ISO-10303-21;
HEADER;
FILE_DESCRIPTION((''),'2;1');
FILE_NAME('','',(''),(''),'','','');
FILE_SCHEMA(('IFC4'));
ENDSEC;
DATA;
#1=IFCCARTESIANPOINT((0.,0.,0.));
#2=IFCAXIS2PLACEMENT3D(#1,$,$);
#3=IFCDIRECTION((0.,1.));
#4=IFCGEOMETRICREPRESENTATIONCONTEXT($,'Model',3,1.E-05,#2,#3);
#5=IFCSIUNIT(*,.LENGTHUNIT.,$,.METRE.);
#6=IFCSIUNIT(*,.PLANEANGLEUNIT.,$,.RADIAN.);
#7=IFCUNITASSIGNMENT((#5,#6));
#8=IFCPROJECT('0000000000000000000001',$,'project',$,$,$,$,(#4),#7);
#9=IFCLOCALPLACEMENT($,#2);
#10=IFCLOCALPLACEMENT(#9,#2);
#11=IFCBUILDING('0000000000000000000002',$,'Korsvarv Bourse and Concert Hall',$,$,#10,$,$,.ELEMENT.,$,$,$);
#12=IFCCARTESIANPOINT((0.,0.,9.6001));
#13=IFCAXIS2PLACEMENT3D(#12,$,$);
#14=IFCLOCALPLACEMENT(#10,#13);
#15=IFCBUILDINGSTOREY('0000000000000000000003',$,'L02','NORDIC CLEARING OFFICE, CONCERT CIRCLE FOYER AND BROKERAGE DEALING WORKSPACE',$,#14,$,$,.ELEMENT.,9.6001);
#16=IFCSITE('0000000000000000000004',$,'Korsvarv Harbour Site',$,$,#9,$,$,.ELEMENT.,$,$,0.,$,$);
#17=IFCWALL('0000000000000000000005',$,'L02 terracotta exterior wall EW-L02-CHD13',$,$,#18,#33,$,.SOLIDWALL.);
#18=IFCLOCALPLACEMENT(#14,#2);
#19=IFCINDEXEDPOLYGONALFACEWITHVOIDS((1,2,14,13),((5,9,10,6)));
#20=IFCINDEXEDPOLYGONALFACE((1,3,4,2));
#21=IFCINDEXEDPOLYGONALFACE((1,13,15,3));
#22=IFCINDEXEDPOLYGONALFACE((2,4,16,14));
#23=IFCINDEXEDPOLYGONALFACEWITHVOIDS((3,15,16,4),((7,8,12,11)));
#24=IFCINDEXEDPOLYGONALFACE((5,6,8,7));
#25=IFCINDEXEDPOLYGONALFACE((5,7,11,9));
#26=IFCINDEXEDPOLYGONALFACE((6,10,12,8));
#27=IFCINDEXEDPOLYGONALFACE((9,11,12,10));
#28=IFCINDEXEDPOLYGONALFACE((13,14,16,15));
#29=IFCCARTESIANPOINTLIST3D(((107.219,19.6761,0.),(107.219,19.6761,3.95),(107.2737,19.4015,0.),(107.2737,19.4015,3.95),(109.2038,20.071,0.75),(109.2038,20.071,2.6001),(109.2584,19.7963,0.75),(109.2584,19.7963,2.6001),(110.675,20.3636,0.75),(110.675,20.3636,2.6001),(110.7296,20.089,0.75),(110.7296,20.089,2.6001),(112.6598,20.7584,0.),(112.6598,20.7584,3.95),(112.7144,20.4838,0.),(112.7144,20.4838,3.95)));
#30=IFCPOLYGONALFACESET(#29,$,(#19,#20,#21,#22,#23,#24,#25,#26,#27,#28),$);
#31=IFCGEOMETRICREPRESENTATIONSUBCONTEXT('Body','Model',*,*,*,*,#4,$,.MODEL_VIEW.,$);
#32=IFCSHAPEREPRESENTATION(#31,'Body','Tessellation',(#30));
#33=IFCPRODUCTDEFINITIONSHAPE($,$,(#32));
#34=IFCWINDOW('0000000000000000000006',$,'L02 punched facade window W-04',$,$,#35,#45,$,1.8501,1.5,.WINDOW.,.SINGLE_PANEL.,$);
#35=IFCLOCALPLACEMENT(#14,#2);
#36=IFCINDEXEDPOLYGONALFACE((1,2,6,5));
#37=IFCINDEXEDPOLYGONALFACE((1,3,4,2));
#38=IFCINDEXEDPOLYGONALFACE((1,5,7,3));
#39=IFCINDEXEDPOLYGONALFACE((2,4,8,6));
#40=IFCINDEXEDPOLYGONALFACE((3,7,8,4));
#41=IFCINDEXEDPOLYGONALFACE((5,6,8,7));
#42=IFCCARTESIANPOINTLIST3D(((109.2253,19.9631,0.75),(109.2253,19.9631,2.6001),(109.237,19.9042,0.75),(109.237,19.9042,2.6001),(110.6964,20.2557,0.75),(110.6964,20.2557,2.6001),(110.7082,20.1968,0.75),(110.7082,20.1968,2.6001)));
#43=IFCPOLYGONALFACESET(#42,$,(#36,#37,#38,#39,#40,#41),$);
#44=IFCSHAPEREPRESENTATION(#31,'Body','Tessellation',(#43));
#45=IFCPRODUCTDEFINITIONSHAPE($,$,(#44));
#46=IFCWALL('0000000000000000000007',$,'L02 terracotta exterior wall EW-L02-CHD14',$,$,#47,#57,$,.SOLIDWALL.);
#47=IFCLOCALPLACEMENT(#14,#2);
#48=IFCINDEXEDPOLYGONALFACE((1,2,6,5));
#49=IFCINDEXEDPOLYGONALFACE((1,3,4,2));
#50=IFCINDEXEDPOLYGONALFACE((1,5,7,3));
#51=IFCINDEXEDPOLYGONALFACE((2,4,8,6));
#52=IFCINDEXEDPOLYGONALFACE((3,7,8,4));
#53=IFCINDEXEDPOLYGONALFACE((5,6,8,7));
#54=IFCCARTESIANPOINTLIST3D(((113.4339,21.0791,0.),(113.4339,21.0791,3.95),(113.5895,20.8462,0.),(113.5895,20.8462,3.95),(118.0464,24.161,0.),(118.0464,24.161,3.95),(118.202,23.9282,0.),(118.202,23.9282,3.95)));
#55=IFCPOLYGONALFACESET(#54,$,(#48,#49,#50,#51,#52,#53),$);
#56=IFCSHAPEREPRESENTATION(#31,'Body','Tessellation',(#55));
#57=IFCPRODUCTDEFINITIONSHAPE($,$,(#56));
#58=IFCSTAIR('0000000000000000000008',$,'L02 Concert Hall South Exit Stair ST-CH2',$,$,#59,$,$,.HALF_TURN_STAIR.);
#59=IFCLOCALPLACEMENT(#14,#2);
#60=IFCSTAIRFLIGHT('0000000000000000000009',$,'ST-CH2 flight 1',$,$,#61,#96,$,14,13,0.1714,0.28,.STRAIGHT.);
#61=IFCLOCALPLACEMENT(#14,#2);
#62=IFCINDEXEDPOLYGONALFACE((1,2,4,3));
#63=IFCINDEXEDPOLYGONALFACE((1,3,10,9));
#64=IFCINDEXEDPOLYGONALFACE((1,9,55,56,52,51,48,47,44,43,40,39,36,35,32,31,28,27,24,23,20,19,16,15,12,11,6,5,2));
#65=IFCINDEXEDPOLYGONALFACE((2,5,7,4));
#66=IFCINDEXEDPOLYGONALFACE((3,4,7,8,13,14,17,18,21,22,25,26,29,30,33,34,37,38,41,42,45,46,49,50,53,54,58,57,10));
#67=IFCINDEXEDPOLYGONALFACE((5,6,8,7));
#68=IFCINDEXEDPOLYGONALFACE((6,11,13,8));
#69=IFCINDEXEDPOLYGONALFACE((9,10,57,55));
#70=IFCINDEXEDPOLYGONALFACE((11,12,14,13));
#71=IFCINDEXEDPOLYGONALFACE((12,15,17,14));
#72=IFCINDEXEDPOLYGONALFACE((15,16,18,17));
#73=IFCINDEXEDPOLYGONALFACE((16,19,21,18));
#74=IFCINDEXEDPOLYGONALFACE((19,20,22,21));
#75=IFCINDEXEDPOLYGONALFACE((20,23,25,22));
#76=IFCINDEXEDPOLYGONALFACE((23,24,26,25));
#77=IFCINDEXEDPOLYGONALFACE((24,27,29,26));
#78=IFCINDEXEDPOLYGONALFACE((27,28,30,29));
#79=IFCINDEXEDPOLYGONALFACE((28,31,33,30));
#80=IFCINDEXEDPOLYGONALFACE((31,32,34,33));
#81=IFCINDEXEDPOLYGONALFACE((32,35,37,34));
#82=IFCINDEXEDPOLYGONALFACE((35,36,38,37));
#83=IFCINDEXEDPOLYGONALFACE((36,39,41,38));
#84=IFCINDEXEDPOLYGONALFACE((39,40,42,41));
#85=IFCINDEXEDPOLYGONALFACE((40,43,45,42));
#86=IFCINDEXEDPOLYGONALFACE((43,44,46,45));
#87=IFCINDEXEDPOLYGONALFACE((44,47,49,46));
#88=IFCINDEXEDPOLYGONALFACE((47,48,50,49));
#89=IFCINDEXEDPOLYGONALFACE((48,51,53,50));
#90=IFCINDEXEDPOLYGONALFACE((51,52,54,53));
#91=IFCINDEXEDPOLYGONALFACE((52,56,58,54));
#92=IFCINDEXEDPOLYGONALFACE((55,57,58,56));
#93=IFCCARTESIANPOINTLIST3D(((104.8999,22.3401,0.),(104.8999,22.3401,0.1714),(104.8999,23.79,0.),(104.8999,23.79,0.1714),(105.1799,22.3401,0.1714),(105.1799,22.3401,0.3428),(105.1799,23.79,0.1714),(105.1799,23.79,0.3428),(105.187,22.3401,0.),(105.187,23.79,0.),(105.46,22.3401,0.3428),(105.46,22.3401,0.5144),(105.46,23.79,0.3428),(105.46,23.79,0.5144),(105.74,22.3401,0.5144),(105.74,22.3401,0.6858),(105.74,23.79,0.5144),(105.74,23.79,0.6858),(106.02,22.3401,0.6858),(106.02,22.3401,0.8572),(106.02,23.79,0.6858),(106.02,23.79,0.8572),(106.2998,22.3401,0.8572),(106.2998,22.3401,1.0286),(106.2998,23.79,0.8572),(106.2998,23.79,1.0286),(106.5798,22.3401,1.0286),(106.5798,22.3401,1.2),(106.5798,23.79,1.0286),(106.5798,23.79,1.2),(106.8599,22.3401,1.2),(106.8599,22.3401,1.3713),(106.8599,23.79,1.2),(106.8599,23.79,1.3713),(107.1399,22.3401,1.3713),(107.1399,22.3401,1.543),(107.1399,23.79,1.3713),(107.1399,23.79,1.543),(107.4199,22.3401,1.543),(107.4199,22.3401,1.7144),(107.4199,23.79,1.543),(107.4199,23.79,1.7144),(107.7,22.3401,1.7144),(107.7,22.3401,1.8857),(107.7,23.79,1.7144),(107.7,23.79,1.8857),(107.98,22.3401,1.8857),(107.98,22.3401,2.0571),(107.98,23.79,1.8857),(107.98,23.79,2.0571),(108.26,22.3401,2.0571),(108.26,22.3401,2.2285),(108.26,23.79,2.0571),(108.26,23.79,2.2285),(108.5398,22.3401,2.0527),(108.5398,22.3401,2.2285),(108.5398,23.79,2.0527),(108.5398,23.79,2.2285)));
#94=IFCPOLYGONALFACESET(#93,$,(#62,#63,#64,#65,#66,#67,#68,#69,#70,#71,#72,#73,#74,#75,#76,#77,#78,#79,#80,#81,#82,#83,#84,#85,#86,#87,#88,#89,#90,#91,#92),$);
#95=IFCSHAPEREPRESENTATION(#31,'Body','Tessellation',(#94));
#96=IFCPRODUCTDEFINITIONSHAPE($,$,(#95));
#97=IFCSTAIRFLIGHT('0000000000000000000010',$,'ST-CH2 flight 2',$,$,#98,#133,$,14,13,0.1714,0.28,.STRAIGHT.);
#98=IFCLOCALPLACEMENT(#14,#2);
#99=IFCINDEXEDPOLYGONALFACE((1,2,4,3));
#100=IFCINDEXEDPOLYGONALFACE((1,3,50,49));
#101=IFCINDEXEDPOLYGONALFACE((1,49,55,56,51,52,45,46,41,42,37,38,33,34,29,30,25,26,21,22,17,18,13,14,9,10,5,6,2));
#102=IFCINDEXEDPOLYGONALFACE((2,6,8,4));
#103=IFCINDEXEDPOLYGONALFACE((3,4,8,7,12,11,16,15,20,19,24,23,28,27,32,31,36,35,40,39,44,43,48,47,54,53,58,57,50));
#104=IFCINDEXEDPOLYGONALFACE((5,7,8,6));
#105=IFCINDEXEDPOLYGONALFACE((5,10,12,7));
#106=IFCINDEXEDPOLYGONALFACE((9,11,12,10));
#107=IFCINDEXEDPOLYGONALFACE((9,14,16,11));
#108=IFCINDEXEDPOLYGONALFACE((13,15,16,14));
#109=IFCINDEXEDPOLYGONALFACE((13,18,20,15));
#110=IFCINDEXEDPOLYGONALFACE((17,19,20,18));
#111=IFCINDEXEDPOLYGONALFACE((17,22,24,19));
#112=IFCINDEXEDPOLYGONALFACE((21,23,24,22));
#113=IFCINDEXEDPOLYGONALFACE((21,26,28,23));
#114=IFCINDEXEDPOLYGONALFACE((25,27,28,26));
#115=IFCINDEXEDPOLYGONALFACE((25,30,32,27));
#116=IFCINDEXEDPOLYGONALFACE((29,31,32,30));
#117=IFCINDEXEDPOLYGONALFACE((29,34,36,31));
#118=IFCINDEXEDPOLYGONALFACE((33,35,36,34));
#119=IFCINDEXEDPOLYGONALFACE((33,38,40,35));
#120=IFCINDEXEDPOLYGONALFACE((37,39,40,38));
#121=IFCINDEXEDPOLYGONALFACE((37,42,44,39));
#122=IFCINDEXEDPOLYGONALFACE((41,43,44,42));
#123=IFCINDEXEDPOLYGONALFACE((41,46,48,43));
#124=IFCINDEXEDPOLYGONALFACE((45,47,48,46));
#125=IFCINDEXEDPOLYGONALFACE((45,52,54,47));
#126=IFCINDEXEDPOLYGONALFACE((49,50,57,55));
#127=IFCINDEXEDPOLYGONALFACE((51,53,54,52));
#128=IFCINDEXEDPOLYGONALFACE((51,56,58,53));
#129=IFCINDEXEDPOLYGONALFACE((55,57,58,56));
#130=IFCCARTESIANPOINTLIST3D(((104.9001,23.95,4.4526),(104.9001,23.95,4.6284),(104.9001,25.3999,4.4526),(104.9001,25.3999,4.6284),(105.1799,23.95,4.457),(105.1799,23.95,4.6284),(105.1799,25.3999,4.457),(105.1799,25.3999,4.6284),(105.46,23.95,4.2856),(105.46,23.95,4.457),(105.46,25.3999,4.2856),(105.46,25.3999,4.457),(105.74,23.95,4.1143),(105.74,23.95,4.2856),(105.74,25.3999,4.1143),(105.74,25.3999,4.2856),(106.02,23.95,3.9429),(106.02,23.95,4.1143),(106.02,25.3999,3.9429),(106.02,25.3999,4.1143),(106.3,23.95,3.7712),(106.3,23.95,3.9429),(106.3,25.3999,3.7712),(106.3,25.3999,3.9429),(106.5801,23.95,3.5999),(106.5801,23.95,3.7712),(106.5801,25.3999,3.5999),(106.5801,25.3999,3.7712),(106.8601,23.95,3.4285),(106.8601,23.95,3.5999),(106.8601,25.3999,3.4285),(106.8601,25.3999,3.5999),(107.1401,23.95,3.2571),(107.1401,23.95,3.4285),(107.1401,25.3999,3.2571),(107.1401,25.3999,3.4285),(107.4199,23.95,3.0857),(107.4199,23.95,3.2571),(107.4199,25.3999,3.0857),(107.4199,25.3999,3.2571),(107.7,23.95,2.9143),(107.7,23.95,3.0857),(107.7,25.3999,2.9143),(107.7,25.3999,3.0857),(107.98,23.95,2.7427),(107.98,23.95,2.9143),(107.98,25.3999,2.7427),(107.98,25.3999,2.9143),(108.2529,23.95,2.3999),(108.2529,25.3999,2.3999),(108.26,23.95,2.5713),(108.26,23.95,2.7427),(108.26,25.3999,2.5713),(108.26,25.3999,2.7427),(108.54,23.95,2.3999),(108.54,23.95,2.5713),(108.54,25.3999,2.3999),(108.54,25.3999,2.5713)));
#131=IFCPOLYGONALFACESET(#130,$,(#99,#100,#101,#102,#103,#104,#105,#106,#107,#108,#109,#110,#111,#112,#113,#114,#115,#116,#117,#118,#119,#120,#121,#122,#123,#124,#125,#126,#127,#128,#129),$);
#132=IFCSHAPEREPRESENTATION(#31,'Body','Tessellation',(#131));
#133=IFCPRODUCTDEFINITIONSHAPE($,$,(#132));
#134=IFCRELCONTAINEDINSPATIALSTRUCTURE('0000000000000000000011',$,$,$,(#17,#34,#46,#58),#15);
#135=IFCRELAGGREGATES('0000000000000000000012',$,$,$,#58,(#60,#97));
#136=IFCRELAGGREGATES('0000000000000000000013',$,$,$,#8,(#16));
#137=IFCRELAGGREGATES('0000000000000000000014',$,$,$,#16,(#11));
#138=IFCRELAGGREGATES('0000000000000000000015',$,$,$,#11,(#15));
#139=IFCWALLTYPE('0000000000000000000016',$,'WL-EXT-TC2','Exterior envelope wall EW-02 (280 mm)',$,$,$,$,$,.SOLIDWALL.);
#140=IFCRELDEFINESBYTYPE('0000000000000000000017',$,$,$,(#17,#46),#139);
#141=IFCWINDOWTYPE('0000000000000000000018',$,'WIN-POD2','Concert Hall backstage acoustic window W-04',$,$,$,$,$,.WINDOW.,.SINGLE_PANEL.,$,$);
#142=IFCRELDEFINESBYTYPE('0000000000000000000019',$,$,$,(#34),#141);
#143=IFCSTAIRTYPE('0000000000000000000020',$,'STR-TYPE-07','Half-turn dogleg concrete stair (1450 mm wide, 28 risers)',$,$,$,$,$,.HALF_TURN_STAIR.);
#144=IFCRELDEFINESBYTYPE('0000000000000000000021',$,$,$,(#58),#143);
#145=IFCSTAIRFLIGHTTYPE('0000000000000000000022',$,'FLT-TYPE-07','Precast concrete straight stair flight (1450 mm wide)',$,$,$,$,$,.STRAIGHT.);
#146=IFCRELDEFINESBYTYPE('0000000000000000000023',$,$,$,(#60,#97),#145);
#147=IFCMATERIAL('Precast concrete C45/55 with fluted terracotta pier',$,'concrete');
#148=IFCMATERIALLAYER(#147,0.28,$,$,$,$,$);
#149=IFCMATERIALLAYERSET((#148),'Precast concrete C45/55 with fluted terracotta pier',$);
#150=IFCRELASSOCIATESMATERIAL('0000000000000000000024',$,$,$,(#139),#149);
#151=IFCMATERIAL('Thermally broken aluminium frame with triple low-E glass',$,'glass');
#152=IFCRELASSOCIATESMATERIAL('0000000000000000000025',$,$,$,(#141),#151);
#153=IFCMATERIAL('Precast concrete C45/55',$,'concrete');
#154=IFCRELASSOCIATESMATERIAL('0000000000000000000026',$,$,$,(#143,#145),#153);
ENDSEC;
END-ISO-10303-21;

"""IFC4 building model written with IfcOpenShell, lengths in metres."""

from ifc_helpers import new_model, si_unit, direction, frame, frame_2d, origin, place, context, subcontext, project, spatial, polyline, rectangle, outline, extrude, material, layer, layer_set, type_object, element, fill, aggregate, save


model = new_model("IFC4")

# Units and contexts
model_context = context("Model", 3, precision=1e-05, world=origin(), true_north=direction((0.0, 1.0)))
body_context = subcontext(model_context, "Body", "Model", "MODEL_VIEW")
ifc_project = project(units=[si_unit("LENGTHUNIT", "METRE"), si_unit("PLANEANGLEUNIT", "RADIAN")], contexts=[model_context])

# Site, building, storey
site_placement = place(None, origin())
site = spatial("IfcSite", under=ifc_project, at=site_placement, Name="Korsvarv Harbour Site", CompositionType="ELEMENT", RefElevation=0.0)
building_placement = place(site_placement, origin())
building = spatial("IfcBuilding", under=site, at=building_placement, Name="Korsvarv Bourse and Concert Hall", CompositionType="ELEMENT")
storey_placement = place(building_placement, frame((0.0, 0.0, 9.6001)))
storey = spatial("IfcBuildingStorey", under=building, at=storey_placement, Name="L02", Description="NORDIC CLEARING OFFICE, CONCERT CIRCLE FOYER AND BROKERAGE DEALING WORKSPACE", CompositionType="ELEMENT", Elevation=9.6001)

# Wall, opening, window
ifc_material_1 = material(Name="Precast concrete C45/55 with fluted terracotta pier", Category="concrete")
ifc_layer_1 = layer(ifc_material_1, 0.28)
ifc_layer_set_1 = layer_set([ifc_layer_1], Name="Precast concrete C45/55 with fluted terracotta pier")
wall_type_1 = type_object("IfcWallType", Name="WL-EXT-TC2", Description="Exterior envelope wall EW-02 (280 mm)", PredefinedType="SOLIDWALL", material=ifc_layer_set_1)
wall_1_placement = place(storey_placement, frame((107.2463, 19.5388, 0.0), z_axis=(0.0, 0.0, 1.0), x_axis=(0.980783, 0.1951, 0.0)))
wall_1 = element("IfcWall", 1, at=wall_1_placement, inside=storey, type_object=wall_type_1, Name="L02 terracotta exterior wall EW-L02-CHD13", PredefinedType="SOLIDWALL", context=body_context, shape_type="SweptSolid", body=[
    extrude(rectangle(XDim=5.5474, YDim=0.28, at=frame_2d((2.7737, 0.0))), origin(), (0.0, 0.0, 1.0), 3.95),
])
opening_placement = place(wall_1_placement, frame((2.0237, 0.0, 0.75)))
opening = element("IfcOpeningElement", 2, at=opening_placement, cuts=wall_1, PredefinedType="OPENING", context=body_context, shape_type="SweptSolid", body=[
    extrude(rectangle(XDim=1.5, YDim=1.8501, at=frame_2d((0.75, 0.925))), frame((0.0, 0.1499, 0.0), z_axis=(0.0, -1.0, 0.0), x_axis=(1.0, 0.0, 0.0)), (0.0, 0.0, 1.0), 0.3),
])
ifc_material_2 = material(Name="Thermally broken aluminium frame with triple low-E glass", Category="glass")
window_type = type_object("IfcWindowType", Name="WIN-POD2", Description="Concert Hall backstage acoustic window W-04", PartitioningType="SINGLE_PANEL", PredefinedType="WINDOW", material=ifc_material_2)
window_placement = place(opening_placement, origin())
window = element("IfcWindow", 3, at=window_placement, inside=storey, type_object=window_type, Name="L02 punched facade window W-04", OverallHeight=1.8501, OverallWidth=1.5, PartitioningType="SINGLE_PANEL", PredefinedType="WINDOW", context=body_context, shape_type="SweptSolid", body=[
    extrude(rectangle(XDim=1.5, YDim=1.8501, at=frame_2d((0.75, 0.925))), frame((0.0, 0.03, 0.0), z_axis=(0.0, -1.0, 0.0), x_axis=(1.0, 0.0, 0.0)), (0.0, 0.0, 1.0), 0.0601),
])
fill(opening, window)

# Wall
wall_2_placement = place(storey_placement, frame((113.5117, 20.9626, 0.0), z_axis=(0.0, 0.0, 1.0), x_axis=(0.831468, 0.555573, 0.0)))
element("IfcWall", 4, at=wall_2_placement, inside=storey, type_object=wall_type_1, Name="L02 terracotta exterior wall EW-L02-CHD14", PredefinedType="SOLIDWALL", context=body_context, shape_type="SweptSolid", body=[
    extrude(rectangle(XDim=5.5474, YDim=0.28, at=frame_2d((2.7737, 0.0))), origin(), (0.0, 0.0, 1.0), 3.95),
])

# Stair, stair flights
ifc_material_3 = material(Name="Precast concrete C45/55", Category="concrete")
stair_type = type_object("IfcStairType", Name="STR-TYPE-07", Description="Half-turn dogleg concrete stair (1450 mm wide, 28 risers)", PredefinedType="HALF_TURN_STAIR", material=ifc_material_3)
stair_placement = place(storey_placement, origin())
stair = element("IfcStair", 5, at=stair_placement, inside=storey, type_object=stair_type, Name="L02 Concert Hall South Exit Stair ST-CH2", PredefinedType="HALF_TURN_STAIR")
stair_flight_type = type_object("IfcStairFlightType", Name="FLT-TYPE-07", Description="Precast concrete straight stair flight (1450 mm wide)", PredefinedType="STRAIGHT", material=ifc_material_3)
stair_flight_1_placement = place(storey_placement, frame((104.8999, 23.0649, 0.0), z_axis=(0.0, 0.0, 1.0), x_axis=(1.0, 0.0, 0.0)))
stair_flight_1 = element("IfcStairFlight", 6, at=stair_flight_1_placement, type_object=stair_flight_type, Name="ST-CH2 flight 1", NumberOfRisers=14, NumberOfTreads=13, PredefinedType="STRAIGHT", RiserHeight=0.1714, TreadLength=0.28, context=body_context, shape_type="SweptSolid", body=[
    extrude(outline(polyline([(0.0, 0.0), (0.0, 0.1714), (0.28, 0.1714), (0.28, 0.3428), (0.5601, 0.3428), (0.5601, 0.5144), (0.8401, 0.5144), (0.8401, 0.6858), (1.1201, 0.6858), (1.1201, 0.8572), (1.3999, 0.8572), (1.3999, 1.0286), (1.6799, 1.0286), (1.6799, 1.2), (1.96, 1.2), (1.96, 1.3713), (2.24, 1.3713), (2.24, 1.543), (2.52, 1.543), (2.52, 1.7144), (2.8, 1.7144), (2.8, 1.8857), (3.0801, 1.8857), (3.0801, 2.0571), (3.3601, 2.0571), (3.3601, 2.2285), (3.6399, 2.2285), (3.6399, 2.3999), (3.6399, 2.0527), (0.2871, 0.0), (0.0, 0.0)])), frame((0.0, 0.7251, 0.0), z_axis=(0.0, -1.0, 0.0), x_axis=(1.0, 0.0, 0.0)), (0.0, 0.0, 1.0), 1.45),
])
stair_flight_2_placement = place(storey_placement, frame((108.54, 24.675, 2.3999), z_axis=(0.0, 0.0, 1.0), x_axis=(-1.0, 0.0, 0.0)))
stair_flight_2 = element("IfcStairFlight", 7, at=stair_flight_2_placement, type_object=stair_flight_type, Name="ST-CH2 flight 2", NumberOfRisers=14, NumberOfTreads=13, PredefinedType="STRAIGHT", RiserHeight=0.1714, TreadLength=0.28, context=body_context, shape_type="SweptSolid", body=[
    extrude(outline(polyline([(0.0, 0.0), (0.0, 0.1714), (0.28, 0.1714), (0.28, 0.3428), (0.5601, 0.3428), (0.5601, 0.5144), (0.8401, 0.5144), (0.8401, 0.6858), (1.1201, 0.6858), (1.1201, 0.8572), (1.3999, 0.8572), (1.3999, 1.0286), (1.6799, 1.0286), (1.6799, 1.2), (1.96, 1.2), (1.96, 1.3713), (2.24, 1.3713), (2.24, 1.543), (2.52, 1.543), (2.52, 1.7144), (2.8, 1.7144), (2.8, 1.8857), (3.0801, 1.8857), (3.0801, 2.0571), (3.3601, 2.0571), (3.3601, 2.2285), (3.6399, 2.2285), (3.6399, 2.3999), (3.6399, 2.0527), (0.2871, 0.0), (0.0, 0.0)])), frame((0.0, 0.7251, 0.0), z_axis=(0.0, -1.0, 0.0), x_axis=(1.0, 0.0, 0.0)), (0.0, 0.0, 1.0), 1.45),
])
aggregate(stair, [stair_flight_1, stair_flight_2])

save(model, "model.ifc")
